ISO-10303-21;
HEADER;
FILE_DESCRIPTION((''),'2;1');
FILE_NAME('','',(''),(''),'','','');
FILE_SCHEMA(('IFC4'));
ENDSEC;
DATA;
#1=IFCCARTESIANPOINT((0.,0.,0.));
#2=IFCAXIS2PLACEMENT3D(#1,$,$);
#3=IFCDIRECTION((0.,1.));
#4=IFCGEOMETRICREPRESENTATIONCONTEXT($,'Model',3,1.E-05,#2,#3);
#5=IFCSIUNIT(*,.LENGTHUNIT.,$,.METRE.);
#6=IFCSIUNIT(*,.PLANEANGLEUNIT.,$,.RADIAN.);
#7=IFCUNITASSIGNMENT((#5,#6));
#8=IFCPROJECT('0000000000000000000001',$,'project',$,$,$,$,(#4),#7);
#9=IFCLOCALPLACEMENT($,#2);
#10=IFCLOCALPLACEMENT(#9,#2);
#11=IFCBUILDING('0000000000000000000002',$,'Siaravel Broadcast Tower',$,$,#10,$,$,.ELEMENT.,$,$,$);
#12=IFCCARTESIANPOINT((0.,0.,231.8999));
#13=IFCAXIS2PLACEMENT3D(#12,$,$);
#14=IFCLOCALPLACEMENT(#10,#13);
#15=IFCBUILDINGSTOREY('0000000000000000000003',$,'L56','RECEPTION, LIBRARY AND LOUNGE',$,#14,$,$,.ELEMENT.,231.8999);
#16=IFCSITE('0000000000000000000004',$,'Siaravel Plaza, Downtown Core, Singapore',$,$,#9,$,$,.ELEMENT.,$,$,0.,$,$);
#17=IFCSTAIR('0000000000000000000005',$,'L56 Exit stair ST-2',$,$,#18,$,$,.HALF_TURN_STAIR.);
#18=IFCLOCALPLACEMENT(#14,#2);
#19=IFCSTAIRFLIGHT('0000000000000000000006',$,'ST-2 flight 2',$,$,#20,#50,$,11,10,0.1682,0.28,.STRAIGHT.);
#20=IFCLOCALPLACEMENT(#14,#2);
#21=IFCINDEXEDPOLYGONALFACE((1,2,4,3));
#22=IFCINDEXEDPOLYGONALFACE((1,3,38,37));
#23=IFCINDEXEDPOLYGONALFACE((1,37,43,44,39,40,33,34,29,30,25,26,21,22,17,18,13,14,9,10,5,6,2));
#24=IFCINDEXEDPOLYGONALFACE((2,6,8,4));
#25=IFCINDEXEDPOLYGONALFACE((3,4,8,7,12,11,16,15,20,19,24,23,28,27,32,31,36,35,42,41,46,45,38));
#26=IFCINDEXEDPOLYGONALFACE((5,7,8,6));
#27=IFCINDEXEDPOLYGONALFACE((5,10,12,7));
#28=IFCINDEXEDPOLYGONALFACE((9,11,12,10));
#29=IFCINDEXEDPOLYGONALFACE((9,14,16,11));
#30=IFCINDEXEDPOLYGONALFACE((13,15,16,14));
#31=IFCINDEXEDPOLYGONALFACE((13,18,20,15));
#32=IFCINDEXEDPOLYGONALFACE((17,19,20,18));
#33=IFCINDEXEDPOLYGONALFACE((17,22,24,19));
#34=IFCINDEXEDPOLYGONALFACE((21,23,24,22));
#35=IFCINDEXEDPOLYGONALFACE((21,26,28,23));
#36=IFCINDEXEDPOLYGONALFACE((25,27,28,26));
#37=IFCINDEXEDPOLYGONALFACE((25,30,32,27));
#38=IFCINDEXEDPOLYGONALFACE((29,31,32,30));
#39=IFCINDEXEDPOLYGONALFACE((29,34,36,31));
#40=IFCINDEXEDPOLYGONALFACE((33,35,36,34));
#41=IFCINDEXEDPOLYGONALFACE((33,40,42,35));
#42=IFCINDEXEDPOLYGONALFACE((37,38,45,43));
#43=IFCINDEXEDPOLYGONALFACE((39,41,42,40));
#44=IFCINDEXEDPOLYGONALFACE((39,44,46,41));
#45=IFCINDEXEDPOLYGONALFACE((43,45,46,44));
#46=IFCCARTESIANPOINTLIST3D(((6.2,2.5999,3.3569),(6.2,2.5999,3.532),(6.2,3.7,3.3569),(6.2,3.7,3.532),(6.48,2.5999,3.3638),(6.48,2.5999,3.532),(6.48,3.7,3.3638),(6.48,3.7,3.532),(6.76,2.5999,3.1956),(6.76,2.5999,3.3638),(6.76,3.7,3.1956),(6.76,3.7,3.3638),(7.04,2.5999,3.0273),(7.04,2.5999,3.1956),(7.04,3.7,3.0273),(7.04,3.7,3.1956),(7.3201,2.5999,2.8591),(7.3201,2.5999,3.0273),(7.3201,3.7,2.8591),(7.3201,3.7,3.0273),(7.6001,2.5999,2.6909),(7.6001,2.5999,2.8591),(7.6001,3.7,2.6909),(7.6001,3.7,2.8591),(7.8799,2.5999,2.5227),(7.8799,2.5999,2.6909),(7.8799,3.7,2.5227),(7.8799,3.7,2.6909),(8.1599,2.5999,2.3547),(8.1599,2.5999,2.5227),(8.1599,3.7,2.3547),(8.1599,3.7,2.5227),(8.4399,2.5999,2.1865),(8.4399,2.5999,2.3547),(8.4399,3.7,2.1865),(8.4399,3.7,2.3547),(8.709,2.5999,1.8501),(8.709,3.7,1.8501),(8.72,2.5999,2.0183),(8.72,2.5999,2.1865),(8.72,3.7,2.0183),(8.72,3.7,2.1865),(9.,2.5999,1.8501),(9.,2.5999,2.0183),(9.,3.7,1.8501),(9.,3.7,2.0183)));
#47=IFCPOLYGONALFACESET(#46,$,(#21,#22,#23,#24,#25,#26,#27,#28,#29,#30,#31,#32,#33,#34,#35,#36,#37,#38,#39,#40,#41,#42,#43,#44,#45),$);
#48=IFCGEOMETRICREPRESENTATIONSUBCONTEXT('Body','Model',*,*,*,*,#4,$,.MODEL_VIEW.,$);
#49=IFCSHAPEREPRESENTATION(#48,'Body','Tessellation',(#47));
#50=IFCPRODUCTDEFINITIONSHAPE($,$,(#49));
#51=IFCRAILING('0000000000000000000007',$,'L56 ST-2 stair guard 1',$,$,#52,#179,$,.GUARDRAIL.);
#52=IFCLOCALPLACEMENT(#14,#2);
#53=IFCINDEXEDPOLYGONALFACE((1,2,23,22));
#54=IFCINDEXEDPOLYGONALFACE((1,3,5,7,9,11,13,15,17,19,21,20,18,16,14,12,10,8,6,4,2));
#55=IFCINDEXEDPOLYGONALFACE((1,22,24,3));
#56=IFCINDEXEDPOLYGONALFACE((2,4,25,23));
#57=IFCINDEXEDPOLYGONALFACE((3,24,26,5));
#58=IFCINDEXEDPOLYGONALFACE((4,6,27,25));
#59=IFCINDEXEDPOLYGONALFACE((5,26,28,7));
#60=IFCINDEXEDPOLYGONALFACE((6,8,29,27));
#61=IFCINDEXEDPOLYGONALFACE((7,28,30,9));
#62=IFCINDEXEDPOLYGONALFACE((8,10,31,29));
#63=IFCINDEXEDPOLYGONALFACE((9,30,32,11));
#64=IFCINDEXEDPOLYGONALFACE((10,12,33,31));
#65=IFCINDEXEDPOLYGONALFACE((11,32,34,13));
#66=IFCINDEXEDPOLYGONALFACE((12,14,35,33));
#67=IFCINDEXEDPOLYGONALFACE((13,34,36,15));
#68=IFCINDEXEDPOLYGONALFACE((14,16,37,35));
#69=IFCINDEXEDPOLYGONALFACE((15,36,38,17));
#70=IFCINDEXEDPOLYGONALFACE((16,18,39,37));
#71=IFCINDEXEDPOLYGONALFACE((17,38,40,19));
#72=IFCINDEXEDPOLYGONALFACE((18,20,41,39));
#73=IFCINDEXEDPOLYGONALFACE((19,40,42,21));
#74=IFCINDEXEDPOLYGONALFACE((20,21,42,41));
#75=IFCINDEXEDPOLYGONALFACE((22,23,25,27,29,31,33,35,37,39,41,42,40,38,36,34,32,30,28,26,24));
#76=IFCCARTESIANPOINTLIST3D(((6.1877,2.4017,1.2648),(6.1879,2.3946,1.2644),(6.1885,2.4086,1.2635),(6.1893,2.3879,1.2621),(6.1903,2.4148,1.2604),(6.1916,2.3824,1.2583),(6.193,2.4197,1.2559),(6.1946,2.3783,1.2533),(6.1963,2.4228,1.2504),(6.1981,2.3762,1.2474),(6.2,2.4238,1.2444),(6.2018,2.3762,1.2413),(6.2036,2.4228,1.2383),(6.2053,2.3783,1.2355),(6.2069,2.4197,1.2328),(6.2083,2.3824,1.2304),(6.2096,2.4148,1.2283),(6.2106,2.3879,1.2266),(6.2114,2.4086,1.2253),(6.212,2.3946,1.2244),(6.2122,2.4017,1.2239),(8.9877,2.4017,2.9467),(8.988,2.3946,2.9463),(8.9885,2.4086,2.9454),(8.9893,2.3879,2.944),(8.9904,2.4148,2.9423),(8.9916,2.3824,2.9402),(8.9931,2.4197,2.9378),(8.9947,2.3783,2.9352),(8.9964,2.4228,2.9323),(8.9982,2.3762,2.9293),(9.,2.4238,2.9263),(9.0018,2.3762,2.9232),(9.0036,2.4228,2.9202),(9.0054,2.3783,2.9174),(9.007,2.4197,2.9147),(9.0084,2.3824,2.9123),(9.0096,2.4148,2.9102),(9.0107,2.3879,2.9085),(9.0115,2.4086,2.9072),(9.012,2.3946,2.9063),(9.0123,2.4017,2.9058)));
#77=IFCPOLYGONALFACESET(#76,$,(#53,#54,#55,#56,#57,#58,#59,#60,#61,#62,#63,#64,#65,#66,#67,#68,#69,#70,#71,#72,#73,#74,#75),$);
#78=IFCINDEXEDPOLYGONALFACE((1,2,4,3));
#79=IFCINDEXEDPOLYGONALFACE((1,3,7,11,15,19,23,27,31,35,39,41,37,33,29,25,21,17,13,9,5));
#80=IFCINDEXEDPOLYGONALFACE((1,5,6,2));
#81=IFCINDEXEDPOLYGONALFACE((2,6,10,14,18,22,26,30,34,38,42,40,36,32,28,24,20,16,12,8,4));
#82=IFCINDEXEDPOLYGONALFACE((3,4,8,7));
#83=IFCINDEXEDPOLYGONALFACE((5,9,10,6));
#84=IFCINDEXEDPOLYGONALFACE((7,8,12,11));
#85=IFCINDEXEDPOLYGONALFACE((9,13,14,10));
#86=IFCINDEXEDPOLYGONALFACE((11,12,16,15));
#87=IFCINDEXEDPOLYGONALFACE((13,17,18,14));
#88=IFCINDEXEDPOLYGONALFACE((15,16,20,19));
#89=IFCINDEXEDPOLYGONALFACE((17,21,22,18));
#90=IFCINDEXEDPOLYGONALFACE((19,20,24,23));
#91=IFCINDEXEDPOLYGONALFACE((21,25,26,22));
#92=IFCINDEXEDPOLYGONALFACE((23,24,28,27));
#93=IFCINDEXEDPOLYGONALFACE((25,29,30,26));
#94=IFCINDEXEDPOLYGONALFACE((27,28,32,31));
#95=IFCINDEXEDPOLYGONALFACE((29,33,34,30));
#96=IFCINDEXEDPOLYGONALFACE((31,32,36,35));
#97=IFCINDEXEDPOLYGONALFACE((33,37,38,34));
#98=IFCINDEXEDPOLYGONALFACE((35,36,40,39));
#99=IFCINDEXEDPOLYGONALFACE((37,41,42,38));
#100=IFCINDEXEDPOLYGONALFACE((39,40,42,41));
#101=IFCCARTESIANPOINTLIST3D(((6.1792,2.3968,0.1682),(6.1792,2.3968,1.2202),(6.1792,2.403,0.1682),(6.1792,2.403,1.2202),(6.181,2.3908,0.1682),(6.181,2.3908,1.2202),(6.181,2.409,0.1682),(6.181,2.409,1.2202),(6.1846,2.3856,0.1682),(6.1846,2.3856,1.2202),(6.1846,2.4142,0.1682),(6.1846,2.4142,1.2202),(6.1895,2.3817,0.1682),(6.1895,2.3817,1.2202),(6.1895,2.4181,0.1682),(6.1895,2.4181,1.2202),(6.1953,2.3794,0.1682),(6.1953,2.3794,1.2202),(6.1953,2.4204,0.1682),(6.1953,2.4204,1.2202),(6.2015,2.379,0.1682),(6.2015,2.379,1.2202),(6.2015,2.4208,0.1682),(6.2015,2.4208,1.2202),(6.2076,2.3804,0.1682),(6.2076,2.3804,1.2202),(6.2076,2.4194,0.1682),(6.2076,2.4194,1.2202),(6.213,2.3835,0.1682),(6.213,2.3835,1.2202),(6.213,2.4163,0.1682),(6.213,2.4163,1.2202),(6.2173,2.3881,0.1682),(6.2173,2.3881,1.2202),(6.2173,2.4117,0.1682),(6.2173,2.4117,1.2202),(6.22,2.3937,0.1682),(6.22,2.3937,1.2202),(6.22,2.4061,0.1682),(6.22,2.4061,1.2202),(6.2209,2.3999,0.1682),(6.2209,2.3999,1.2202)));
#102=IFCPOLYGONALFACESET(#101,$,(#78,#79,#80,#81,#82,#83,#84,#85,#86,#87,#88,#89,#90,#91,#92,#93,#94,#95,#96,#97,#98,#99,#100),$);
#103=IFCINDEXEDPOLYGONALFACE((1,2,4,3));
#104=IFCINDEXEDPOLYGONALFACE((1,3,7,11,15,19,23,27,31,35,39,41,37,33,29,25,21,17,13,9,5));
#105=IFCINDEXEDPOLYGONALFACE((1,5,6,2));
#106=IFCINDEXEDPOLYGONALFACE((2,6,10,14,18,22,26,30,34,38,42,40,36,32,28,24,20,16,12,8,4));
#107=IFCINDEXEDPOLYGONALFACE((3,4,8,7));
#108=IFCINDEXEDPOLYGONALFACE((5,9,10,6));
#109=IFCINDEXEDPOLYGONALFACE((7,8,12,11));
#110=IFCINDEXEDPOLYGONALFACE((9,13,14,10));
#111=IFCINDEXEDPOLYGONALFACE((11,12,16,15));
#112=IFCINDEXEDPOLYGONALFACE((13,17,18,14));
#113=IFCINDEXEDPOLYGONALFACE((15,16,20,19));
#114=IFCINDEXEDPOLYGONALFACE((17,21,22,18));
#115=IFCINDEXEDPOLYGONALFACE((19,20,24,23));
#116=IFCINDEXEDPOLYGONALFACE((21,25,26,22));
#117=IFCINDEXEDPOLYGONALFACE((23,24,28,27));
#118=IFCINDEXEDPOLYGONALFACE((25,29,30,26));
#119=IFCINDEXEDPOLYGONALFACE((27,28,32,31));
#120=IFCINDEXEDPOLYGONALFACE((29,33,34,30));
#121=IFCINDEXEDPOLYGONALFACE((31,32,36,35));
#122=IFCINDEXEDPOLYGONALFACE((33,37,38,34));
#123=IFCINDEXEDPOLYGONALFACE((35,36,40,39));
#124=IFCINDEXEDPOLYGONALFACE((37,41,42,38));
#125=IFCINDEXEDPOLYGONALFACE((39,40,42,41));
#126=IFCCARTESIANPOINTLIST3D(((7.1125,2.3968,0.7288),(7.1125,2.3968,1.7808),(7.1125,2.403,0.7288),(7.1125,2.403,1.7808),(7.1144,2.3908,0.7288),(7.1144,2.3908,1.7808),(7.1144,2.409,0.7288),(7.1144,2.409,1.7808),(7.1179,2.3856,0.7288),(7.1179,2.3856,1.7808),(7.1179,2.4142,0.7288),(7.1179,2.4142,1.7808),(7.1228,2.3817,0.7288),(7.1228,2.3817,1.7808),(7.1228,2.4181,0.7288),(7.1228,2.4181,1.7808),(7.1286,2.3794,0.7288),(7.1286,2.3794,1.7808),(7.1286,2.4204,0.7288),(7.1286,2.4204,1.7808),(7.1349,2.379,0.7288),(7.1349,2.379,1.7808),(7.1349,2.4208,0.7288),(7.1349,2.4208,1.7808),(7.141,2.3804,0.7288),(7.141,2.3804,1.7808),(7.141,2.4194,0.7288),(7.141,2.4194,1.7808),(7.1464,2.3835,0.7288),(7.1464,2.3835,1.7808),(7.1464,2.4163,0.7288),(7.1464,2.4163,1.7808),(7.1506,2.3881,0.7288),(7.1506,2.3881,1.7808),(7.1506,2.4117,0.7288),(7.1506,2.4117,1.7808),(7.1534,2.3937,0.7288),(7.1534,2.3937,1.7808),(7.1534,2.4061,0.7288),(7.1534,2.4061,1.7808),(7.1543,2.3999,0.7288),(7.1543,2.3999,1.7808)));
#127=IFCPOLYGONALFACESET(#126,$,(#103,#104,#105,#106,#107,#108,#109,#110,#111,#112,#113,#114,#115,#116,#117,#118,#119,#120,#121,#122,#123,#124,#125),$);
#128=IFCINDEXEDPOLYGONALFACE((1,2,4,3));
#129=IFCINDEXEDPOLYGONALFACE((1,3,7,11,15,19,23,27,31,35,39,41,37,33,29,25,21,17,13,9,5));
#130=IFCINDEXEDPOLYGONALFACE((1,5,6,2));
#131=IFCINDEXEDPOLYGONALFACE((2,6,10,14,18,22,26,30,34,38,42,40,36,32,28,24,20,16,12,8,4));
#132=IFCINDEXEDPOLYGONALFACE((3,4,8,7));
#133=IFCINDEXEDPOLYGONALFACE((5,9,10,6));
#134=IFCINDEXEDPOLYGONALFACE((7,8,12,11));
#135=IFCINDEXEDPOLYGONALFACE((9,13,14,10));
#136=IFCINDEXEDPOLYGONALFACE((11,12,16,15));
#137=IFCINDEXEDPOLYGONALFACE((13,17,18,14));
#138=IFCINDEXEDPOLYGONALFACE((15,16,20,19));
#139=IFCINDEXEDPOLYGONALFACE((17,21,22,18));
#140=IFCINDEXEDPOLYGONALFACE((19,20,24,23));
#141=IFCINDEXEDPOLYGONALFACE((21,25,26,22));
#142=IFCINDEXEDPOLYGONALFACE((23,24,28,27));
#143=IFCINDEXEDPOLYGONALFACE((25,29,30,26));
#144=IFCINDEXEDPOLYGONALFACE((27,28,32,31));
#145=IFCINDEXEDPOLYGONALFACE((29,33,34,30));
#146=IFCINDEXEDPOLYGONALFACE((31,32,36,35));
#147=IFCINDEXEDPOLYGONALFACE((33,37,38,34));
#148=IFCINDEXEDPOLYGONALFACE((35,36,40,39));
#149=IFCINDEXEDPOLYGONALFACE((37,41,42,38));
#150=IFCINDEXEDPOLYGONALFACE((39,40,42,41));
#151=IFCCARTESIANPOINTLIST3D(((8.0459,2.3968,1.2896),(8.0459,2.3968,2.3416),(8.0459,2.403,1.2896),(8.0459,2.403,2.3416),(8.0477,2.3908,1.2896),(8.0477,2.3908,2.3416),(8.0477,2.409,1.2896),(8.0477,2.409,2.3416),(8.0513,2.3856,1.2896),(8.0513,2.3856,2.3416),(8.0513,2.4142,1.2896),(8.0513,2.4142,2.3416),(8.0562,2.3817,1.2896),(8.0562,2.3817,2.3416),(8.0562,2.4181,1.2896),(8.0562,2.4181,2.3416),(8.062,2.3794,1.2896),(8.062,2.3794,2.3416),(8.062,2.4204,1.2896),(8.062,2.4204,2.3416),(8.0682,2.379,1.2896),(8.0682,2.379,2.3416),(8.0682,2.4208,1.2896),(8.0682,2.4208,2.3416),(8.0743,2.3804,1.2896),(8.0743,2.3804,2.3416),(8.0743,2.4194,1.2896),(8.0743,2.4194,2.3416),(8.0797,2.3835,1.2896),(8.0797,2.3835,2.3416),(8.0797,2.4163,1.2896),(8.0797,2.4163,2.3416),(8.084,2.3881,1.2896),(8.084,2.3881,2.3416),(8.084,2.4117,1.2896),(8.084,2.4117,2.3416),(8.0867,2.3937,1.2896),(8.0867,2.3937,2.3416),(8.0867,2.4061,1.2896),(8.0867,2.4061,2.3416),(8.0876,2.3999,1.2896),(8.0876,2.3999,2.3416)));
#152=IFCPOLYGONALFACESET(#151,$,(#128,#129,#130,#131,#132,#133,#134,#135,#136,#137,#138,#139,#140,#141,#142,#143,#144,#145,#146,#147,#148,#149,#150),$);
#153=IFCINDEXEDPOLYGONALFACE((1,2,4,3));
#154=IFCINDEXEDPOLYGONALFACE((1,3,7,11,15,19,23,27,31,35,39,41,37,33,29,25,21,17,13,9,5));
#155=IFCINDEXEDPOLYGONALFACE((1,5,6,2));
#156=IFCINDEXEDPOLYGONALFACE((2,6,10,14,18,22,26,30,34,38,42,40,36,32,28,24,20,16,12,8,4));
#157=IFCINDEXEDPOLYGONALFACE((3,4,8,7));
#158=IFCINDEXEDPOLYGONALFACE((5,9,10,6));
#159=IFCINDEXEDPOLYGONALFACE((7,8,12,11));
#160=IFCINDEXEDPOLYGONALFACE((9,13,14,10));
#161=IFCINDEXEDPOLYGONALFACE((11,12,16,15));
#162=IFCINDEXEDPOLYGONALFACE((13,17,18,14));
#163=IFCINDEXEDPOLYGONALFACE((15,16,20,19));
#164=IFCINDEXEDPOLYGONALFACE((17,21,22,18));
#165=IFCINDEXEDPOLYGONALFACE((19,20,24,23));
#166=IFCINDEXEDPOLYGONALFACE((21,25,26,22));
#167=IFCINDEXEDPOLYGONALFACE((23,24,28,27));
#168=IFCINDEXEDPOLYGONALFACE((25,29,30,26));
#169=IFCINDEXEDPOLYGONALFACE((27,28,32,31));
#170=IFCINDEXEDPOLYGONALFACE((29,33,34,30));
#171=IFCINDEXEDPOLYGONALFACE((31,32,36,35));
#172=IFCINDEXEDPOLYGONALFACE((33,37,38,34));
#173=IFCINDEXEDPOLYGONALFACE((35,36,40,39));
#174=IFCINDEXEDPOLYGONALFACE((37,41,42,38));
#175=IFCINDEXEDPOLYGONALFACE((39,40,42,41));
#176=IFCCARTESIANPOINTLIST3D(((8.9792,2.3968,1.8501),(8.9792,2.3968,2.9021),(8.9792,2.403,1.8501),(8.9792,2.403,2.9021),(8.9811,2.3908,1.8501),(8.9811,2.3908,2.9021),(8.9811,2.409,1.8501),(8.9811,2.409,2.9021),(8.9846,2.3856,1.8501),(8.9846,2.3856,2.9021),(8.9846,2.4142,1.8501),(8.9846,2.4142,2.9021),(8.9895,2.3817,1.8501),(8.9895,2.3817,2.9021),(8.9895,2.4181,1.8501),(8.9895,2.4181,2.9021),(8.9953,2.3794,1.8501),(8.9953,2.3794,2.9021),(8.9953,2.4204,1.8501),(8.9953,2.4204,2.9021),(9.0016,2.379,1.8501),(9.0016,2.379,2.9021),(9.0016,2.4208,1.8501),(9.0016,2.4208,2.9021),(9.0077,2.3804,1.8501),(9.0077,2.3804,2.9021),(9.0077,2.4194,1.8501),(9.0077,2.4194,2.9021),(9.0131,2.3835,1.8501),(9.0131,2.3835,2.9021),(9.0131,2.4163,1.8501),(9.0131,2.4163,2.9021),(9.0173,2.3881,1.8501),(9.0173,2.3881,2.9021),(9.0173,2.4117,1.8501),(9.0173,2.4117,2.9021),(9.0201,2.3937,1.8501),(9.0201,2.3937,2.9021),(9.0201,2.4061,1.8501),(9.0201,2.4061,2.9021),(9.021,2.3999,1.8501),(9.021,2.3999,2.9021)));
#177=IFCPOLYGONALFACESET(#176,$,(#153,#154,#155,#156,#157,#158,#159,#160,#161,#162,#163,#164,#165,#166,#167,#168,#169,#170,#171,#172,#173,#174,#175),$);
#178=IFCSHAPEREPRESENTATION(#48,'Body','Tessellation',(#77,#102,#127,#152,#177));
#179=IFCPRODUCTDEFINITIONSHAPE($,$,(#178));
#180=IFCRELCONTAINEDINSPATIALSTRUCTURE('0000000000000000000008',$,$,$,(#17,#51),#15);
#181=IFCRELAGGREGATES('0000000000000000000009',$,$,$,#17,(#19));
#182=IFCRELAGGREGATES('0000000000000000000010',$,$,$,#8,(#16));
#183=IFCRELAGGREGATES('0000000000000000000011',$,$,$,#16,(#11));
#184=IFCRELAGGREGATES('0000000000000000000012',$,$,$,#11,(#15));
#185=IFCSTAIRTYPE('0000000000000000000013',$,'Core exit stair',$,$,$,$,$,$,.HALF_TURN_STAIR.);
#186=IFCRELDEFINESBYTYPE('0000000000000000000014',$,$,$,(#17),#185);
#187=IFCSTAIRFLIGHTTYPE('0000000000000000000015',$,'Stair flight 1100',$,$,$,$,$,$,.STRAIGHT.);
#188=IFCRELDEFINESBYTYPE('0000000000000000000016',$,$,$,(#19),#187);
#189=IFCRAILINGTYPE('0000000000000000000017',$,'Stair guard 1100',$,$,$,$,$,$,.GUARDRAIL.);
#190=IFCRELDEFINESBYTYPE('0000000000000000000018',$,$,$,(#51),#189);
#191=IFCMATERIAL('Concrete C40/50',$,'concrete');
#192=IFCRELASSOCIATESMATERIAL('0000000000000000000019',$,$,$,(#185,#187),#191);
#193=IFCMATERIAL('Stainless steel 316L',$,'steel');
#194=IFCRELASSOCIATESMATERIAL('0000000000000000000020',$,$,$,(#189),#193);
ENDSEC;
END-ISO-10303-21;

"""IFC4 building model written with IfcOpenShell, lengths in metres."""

from ifc_helpers import new_model, si_unit, direction, frame, origin, origin_2d, place, context, subcontext, project, spatial, polyline, circle, outline, extrude, material, type_object, element, aggregate, save


model = new_model("IFC4")

# Units and contexts
model_context = context("Model", 3, precision=1e-05, world=origin(), true_north=direction((0.0, 1.0)))
body_context = subcontext(model_context, "Body", "Model", "MODEL_VIEW")
ifc_project = project(units=[si_unit("LENGTHUNIT", "METRE"), si_unit("PLANEANGLEUNIT", "RADIAN")], contexts=[model_context])

# Site, building, storey
site_placement = place(None, origin())
site = spatial("IfcSite", under=ifc_project, at=site_placement, Name="Siaravel Plaza, Downtown Core, Singapore", CompositionType="ELEMENT", RefElevation=0.0)
building_placement = place(site_placement, origin())
building = spatial("IfcBuilding", under=site, at=building_placement, Name="Siaravel Broadcast Tower", CompositionType="ELEMENT")
storey_placement = place(building_placement, frame((0.0, 0.0, 231.8999)))
storey = spatial("IfcBuildingStorey", under=building, at=storey_placement, Name="L56", Description="RECEPTION, LIBRARY AND LOUNGE", CompositionType="ELEMENT", Elevation=231.8999)

# Stair, stair flight
ifc_material_1 = material(Name="Concrete C40/50", Category="concrete")
stair_type = type_object("IfcStairType", Name="Core exit stair", PredefinedType="HALF_TURN_STAIR", material=ifc_material_1)
stair_placement = place(storey_placement, origin())
stair = element("IfcStair", 1, at=stair_placement, inside=storey, type_object=stair_type, Name="L56 Exit stair ST-2", PredefinedType="HALF_TURN_STAIR")
stair_flight_type = type_object("IfcStairFlightType", Name="Stair flight 1100", PredefinedType="STRAIGHT", material=ifc_material_1)
stair_flight_1_placement = place(storey_placement, frame((9.0, 3.1499, 1.8501), z_axis=(0.0, 0.0, 1.0), x_axis=(-1.0, 0.0, 0.0)))
stair_flight_1 = element("IfcStairFlight", 2, at=stair_flight_1_placement, type_object=stair_flight_type, Name="ST-2 flight 2", NumberOfRisers=11, NumberOfTreads=10, PredefinedType="STRAIGHT", RiserHeight=0.1682, TreadLength=0.28, context=body_context, shape_type="SweptSolid", body=[
    extrude(outline(polyline([(0.0, 0.0), (0.0, 0.1682), (0.28, 0.1682), (0.28, 0.3364), (0.5601, 0.3364), (0.5601, 0.5046), (0.8401, 0.5046), (0.8401, 0.6726), (1.1201, 0.6726), (1.1201, 0.8408), (1.3999, 0.8408), (1.3999, 1.009), (1.6799, 1.009), (1.6799, 1.1772), (1.96, 1.1772), (1.96, 1.3455), (2.24, 1.3455), (2.24, 1.5137), (2.52, 1.5137), (2.52, 1.6819), (2.8, 1.6819), (2.8, 1.8501), (2.8, 1.5068), (0.291, 0.0), (0.0, 0.0)])), frame((0.0, 0.55, 0.0), z_axis=(0.0, -1.0, 0.0), x_axis=(1.0, 0.0, 0.0)), (0.0, 0.0, 1.0), 1.1001),
])
aggregate(stair, [stair_flight_1])

# Railing
ifc_material_2 = material(Name="Stainless steel 316L", Category="steel")
railing_type_1 = type_object("IfcRailingType", Name="Stair guard 1100", PredefinedType="GUARDRAIL", material=ifc_material_2)
railing_1_placement = place(storey_placement, frame((6.2, 2.3999, 0.1682)))
element("IfcRailing", 3, at=railing_1_placement, inside=storey, type_object=railing_type_1, Name="L56 ST-2 stair guard 1", PredefinedType="GUARDRAIL", context=body_context, shape_type="SweptSolid", body=[
    extrude(circle(Radius=0.0239, at=origin_2d()), frame((0.0, 0.0, 1.0762), z_axis=(0.857242, 0.0, 0.514913), x_axis=(0.0, 1.0, 0.0)), (0.0, 0.0, 1.0), 3.2664),
    extrude(circle(Radius=0.021, at=origin_2d()), origin(), (0.0, 0.0, 1.0), 1.052),
    extrude(circle(Radius=0.021, at=origin_2d()), frame((0.9333, 0.0, 0.5605)), (0.0, 0.0, 1.0), 1.052),
    extrude(circle(Radius=0.021, at=origin_2d()), frame((1.8667, 0.0, 1.1213)), (0.0, 0.0, 1.0), 1.052),
    extrude(circle(Radius=0.021, at=origin_2d()), frame((2.8, 0.0, 1.6819)), (0.0, 0.0, 1.0), 1.052),
])

save(model, "model.ifc")
